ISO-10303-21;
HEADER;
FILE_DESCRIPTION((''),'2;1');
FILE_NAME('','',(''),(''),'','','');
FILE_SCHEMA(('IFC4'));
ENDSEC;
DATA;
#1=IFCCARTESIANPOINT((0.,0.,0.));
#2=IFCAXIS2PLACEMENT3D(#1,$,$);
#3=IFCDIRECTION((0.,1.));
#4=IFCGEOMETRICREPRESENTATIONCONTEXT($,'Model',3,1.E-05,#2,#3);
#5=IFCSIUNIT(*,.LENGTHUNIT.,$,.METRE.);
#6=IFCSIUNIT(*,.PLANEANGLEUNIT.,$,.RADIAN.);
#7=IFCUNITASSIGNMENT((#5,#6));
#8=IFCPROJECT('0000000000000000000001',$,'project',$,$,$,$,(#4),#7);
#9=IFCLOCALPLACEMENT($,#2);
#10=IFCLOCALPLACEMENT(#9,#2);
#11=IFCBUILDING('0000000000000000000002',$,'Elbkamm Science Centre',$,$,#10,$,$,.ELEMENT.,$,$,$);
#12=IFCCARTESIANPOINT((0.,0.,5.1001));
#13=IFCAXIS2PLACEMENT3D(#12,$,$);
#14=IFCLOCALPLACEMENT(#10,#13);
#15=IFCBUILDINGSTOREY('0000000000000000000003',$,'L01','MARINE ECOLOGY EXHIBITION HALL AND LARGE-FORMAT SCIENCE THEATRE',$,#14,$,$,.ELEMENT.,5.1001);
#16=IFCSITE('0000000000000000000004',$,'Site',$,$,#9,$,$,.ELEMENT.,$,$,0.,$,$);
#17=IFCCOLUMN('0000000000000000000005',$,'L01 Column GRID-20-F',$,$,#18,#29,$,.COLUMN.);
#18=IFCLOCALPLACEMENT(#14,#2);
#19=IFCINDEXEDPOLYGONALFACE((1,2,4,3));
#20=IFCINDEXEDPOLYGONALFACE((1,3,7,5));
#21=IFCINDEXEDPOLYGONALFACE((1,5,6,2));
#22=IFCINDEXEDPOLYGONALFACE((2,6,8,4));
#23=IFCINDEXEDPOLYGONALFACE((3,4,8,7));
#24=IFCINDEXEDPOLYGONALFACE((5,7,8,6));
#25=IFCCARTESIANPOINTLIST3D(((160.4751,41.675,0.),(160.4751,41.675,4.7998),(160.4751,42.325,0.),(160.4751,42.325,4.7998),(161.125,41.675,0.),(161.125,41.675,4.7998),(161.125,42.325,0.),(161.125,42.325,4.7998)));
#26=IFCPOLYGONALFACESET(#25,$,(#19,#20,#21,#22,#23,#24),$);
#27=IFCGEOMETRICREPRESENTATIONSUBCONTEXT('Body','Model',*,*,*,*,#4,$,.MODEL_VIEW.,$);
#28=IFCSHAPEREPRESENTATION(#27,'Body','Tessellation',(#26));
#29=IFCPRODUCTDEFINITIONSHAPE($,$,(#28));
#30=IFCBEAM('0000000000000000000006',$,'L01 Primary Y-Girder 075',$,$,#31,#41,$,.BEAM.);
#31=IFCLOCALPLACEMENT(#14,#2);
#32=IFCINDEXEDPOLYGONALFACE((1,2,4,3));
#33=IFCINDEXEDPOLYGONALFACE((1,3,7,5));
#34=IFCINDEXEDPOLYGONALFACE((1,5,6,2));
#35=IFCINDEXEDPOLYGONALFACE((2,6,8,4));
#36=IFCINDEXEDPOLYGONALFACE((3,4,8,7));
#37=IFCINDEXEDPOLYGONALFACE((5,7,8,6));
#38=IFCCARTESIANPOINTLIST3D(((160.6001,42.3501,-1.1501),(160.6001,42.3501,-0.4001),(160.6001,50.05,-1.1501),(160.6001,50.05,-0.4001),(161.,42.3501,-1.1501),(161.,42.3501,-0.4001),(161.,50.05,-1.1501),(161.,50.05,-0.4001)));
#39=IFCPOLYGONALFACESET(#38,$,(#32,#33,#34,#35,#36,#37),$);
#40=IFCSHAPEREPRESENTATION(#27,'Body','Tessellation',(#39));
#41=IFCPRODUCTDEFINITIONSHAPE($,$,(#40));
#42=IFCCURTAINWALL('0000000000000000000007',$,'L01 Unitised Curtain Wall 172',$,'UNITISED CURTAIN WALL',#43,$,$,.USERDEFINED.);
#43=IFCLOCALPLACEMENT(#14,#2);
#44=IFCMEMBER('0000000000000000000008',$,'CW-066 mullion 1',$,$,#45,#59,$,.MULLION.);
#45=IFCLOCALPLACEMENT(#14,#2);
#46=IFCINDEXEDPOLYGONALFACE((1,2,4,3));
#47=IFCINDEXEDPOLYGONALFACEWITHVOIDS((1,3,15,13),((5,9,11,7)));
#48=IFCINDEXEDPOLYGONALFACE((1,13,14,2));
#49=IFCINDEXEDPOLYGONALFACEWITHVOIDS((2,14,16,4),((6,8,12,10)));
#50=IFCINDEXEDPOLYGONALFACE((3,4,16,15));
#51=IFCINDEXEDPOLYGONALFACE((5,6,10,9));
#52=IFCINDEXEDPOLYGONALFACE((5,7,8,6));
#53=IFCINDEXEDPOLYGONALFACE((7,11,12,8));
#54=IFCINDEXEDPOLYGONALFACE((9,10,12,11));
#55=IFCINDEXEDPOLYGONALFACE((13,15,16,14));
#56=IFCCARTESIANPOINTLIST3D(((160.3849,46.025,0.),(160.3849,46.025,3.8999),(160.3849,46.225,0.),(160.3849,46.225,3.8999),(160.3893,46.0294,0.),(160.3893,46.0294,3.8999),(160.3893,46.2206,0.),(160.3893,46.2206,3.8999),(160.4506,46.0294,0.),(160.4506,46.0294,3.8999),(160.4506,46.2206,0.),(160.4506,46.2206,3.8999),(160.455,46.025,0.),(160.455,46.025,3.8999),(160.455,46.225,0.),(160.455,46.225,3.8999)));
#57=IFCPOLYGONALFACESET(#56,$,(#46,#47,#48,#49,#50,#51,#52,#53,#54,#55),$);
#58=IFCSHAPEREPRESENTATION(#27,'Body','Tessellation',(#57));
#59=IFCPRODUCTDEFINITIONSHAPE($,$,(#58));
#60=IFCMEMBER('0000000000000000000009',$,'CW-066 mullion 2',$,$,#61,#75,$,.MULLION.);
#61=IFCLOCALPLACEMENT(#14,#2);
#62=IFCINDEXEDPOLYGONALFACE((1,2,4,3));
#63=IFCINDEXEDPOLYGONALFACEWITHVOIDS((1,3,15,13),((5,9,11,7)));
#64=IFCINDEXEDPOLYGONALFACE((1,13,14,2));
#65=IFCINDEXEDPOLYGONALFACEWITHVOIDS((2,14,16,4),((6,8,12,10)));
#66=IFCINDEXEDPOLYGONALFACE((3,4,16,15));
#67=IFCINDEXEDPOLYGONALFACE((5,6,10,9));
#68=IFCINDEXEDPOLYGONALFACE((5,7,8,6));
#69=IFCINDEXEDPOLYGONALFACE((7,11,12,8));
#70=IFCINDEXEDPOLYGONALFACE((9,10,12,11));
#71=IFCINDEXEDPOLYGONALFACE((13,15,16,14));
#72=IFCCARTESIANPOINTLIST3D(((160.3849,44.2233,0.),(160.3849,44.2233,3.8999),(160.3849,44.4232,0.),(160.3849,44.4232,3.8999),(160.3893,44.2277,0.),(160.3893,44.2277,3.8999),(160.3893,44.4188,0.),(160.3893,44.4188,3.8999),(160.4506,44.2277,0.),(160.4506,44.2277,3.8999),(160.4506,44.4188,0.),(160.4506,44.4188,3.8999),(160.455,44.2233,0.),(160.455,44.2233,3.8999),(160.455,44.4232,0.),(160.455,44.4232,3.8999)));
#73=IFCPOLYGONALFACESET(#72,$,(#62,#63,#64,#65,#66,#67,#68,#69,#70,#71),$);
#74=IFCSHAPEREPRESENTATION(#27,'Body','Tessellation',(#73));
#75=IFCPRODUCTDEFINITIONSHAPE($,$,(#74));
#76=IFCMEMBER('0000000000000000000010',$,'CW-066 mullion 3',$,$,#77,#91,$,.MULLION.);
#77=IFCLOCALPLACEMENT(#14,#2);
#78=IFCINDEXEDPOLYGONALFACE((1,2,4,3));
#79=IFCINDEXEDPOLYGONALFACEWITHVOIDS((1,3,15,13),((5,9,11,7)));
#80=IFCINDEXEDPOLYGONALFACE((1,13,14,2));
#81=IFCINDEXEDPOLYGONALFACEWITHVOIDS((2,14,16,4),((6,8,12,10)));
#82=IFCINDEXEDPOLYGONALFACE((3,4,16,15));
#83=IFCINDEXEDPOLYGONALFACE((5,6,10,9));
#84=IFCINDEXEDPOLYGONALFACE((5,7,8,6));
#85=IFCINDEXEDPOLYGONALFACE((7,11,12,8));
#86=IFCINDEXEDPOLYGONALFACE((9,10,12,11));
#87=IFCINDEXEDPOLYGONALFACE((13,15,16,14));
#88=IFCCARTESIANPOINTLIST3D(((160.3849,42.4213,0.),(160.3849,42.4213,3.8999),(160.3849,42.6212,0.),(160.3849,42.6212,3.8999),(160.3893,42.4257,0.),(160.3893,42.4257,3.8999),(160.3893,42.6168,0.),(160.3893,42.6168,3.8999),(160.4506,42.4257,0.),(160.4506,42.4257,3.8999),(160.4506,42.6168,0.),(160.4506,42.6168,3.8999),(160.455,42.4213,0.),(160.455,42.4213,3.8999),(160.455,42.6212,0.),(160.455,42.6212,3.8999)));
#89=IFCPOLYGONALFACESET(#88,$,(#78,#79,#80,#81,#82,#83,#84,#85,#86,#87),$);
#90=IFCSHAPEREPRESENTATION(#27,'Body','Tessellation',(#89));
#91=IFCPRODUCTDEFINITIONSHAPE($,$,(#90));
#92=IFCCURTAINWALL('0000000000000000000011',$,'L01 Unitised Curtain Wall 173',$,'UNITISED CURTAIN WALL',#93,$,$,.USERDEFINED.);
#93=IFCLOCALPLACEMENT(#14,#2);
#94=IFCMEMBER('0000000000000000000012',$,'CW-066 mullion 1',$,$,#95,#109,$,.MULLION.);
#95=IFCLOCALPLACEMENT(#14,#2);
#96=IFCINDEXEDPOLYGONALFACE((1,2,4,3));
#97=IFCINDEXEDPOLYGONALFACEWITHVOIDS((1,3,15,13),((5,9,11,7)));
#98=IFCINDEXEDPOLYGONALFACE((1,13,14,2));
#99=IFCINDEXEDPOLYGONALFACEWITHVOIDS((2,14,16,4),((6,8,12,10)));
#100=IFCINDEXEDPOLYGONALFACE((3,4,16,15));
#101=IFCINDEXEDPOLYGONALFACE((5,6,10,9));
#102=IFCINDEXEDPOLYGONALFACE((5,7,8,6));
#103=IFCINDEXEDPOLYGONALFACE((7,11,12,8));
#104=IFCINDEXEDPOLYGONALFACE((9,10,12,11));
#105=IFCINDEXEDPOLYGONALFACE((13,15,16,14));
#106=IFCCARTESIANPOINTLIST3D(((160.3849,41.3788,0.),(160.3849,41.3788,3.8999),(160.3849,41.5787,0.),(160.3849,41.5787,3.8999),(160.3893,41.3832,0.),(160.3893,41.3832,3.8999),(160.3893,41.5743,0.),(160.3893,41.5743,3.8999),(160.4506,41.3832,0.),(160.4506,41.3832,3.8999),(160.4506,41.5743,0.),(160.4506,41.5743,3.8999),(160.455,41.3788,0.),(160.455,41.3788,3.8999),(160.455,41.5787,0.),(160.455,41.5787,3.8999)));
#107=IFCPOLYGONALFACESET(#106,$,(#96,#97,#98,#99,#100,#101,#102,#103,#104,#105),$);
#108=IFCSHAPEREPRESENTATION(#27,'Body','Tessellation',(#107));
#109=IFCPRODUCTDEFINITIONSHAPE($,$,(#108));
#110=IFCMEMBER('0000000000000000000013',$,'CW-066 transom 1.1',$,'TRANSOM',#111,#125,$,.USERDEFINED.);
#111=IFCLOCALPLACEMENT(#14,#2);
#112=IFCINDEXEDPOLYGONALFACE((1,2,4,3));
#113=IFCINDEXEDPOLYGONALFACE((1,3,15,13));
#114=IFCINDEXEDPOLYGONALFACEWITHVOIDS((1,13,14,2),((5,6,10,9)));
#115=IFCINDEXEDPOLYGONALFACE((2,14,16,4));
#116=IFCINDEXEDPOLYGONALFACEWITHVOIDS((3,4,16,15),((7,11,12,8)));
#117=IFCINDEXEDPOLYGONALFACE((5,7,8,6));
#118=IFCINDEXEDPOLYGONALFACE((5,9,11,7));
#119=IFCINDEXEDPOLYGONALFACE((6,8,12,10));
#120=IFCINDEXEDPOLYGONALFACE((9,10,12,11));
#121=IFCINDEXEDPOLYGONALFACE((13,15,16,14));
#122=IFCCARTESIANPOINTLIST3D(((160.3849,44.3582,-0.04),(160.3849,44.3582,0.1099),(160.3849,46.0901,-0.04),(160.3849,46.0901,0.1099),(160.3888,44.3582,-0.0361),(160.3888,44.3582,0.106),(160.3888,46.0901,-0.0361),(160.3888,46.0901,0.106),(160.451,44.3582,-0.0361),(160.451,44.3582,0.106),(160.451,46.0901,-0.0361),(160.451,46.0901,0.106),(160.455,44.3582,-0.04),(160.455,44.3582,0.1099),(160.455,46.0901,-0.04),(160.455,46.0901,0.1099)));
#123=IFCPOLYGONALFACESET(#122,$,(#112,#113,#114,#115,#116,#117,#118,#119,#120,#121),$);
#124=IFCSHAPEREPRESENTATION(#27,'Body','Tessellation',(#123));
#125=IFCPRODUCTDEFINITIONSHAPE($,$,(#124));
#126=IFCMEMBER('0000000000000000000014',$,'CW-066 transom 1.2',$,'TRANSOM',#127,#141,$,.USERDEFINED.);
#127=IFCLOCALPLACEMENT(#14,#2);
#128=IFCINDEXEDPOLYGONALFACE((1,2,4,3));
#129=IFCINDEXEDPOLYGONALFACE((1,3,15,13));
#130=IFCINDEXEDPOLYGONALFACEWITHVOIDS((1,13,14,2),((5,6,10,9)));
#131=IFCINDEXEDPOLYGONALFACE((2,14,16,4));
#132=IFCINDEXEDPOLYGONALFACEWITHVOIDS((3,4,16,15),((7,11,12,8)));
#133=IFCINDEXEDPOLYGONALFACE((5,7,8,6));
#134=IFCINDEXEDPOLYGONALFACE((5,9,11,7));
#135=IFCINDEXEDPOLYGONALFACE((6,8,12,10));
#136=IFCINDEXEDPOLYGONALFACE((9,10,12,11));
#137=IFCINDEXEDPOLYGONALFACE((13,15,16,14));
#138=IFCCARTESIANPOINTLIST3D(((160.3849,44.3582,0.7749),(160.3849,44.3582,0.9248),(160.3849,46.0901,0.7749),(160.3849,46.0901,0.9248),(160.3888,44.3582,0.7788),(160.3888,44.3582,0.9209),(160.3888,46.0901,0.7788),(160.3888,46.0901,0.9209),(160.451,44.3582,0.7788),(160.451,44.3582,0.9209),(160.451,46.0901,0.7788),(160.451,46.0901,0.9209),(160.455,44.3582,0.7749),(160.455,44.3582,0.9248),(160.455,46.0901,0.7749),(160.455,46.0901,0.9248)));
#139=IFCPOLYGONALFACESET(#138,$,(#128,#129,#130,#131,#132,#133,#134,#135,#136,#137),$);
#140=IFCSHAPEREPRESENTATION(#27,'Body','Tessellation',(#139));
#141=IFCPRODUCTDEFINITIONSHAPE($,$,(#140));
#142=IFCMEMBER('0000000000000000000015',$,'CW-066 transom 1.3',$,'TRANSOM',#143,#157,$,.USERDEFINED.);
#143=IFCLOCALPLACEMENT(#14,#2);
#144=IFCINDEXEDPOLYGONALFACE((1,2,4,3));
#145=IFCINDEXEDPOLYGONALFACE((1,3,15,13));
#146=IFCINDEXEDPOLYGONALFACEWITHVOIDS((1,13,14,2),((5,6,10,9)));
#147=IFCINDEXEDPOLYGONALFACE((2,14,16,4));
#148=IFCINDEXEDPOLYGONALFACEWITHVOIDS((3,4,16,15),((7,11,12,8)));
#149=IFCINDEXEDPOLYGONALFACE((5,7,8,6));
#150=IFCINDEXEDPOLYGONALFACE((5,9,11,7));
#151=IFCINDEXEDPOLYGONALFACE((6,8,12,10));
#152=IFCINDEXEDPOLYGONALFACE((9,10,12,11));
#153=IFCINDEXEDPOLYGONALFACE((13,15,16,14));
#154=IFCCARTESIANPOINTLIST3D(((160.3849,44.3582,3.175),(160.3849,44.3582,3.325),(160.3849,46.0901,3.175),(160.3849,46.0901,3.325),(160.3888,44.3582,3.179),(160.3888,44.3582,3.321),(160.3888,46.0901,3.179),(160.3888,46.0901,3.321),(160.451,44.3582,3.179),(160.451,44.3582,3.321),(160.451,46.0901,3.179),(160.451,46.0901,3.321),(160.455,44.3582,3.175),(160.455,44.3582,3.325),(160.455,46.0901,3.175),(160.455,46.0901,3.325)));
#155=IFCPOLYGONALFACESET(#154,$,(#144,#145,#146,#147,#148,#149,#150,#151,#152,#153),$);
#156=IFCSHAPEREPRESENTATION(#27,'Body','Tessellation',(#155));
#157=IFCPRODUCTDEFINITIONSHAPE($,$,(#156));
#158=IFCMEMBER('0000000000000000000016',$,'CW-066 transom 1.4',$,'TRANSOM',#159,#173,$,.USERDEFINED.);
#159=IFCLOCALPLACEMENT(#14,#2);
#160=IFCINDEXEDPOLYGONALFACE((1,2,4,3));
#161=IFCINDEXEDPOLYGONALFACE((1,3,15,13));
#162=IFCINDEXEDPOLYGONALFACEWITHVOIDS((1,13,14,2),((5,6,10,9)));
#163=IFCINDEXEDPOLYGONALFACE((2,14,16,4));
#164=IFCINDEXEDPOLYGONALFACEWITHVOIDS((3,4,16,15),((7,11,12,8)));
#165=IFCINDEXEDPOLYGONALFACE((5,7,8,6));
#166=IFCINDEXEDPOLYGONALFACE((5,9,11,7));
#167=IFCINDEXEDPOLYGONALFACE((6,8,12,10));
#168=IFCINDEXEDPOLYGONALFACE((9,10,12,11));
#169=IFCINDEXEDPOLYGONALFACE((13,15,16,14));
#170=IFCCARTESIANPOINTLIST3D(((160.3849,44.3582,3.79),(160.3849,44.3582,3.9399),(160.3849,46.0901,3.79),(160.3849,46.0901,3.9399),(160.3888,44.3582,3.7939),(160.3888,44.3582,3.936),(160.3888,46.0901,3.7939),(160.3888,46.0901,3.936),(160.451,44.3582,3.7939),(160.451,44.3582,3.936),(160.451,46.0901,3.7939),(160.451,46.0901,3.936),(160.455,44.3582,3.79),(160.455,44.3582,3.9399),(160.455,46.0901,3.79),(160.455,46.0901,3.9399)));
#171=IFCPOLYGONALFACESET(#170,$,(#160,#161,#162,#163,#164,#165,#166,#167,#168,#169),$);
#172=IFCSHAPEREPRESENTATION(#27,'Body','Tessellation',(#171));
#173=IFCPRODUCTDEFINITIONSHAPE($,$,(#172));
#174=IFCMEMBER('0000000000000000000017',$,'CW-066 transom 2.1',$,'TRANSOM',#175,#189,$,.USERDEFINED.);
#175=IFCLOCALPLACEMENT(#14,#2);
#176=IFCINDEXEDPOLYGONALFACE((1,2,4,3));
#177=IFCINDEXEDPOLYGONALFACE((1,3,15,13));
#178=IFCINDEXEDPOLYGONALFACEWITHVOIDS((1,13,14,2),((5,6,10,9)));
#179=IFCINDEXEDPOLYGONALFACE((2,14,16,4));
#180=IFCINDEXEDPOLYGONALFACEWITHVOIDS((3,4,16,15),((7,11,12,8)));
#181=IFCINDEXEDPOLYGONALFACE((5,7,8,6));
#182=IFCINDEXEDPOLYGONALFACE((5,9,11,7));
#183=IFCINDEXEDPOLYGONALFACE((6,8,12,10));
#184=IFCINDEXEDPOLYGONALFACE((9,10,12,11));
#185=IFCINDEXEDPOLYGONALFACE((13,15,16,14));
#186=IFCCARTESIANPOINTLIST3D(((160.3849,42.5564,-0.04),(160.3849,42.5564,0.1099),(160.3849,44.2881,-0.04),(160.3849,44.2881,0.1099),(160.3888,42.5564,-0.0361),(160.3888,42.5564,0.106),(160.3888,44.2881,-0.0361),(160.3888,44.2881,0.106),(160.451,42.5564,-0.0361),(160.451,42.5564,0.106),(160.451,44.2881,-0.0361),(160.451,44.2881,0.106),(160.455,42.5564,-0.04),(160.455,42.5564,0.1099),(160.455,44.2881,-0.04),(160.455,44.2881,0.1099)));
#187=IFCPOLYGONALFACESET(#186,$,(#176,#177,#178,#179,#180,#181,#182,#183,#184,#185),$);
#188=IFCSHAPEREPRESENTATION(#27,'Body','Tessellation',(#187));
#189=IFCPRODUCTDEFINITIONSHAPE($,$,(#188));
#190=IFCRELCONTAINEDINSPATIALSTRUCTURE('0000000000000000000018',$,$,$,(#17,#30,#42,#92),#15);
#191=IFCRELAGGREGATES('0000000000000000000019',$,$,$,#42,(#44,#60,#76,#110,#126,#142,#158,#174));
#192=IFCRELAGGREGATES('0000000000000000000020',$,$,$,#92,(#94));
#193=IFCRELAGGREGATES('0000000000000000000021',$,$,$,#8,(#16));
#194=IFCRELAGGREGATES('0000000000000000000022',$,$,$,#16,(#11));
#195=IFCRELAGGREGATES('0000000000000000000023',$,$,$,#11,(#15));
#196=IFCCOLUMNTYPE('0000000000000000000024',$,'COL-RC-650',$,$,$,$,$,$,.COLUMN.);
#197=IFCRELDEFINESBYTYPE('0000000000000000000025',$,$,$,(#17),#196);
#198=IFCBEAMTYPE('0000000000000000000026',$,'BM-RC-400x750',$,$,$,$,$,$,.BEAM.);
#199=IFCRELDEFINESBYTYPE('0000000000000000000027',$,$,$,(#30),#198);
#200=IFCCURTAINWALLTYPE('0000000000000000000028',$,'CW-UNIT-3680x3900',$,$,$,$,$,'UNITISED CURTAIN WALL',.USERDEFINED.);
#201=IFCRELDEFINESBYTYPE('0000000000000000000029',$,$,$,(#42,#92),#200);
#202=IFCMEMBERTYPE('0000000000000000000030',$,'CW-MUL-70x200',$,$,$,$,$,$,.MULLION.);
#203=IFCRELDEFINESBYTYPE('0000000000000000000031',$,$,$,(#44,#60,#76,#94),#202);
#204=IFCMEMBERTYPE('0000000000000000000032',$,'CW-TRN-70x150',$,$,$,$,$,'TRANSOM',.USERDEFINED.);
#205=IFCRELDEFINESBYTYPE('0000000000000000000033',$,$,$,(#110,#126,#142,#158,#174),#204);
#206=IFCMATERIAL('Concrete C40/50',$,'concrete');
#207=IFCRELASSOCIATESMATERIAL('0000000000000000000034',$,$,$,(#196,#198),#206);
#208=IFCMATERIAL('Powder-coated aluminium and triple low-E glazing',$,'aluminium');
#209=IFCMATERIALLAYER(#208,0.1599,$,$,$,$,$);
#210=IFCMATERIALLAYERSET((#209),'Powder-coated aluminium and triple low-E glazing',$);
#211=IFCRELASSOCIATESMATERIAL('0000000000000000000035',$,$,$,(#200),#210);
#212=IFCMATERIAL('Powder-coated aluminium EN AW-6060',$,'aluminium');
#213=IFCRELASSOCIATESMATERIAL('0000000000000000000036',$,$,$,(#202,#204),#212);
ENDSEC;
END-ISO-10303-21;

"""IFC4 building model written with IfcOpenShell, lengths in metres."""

from ifc_helpers import new_model, si_unit, direction, frame, origin, origin_2d, place, context, subcontext, project, spatial, rectangle, hollow_rectangle, extrude, material, layer, layer_set, material_profile, profile_set, type_object, element, aggregate, save


model = new_model("IFC4")

# Units and contexts
model_context = context("Model", 3, precision=1e-05, world=origin(), true_north=direction((0.0, 1.0)))
body_context = subcontext(model_context, "Body", "Model", "MODEL_VIEW")
ifc_project = project(units=[si_unit("LENGTHUNIT", "METRE"), si_unit("PLANEANGLEUNIT", "RADIAN")], contexts=[model_context])

# Site, building, storey
site_placement = place(None, origin())
site = spatial("IfcSite", under=ifc_project, at=site_placement, Name="Site", CompositionType="ELEMENT", RefElevation=0.0)
building_placement = place(site_placement, origin())
building = spatial("IfcBuilding", under=site, at=building_placement, Name="Elbkamm Science Centre", CompositionType="ELEMENT")
storey_placement = place(building_placement, frame((0.0, 0.0, 5.1001)))
storey = spatial("IfcBuildingStorey", under=building, at=storey_placement, Name="L01", Description="MARINE ECOLOGY EXHIBITION HALL AND LARGE-FORMAT SCIENCE THEATRE", CompositionType="ELEMENT", Elevation=5.1001)

# Column
ifc_material_1 = material(Name="Concrete C40/50", Category="concrete")
ifc_material_profile_1 = material_profile(ifc_material_1, rectangle(XDim=0.6499, YDim=0.6499, at=origin_2d()), Name="RC 650x650")
ifc_profile_set_1 = profile_set([ifc_material_profile_1], Name="Concrete C40/50")
column_type = type_object("IfcColumnType", Name="COL-RC-650", PredefinedType="COLUMN", material=ifc_profile_set_1)
column_placement = place(storey_placement, frame((160.8, 42.0, 0.0), z_axis=(0.0, 0.0, 1.0), x_axis=(1.0, 0.0, 0.0)))
element("IfcColumn", 1, at=column_placement, inside=storey, type_object=column_type, Name="L01 Column GRID-20-F", PredefinedType="COLUMN", context=body_context, shape_type="SweptSolid", body=[
    extrude(rectangle(XDim=0.6499, YDim=0.6499, at=origin_2d()), origin(), (0.0, 0.0, 1.0), 4.7998),
])

# Beam
ifc_material_profile_2 = material_profile(ifc_material_1, rectangle(XDim=0.3999, YDim=0.75, at=origin_2d()), Name="RC 400x750")
ifc_profile_set_2 = profile_set([ifc_material_profile_2], Name="Concrete C40/50")
beam_type = type_object("IfcBeamType", Name="BM-RC-400x750", PredefinedType="BEAM", material=ifc_profile_set_2)
beam_placement = place(storey_placement, frame((160.8, 42.3501, -0.7751), z_axis=(0.0, 1.0, 0.0), x_axis=(-1.0, 0.0, 0.0)))
element("IfcBeam", 2, at=beam_placement, inside=storey, type_object=beam_type, Name="L01 Primary Y-Girder 075", PredefinedType="BEAM", context=body_context, shape_type="SweptSolid", body=[
    extrude(rectangle(XDim=0.3999, YDim=0.75, at=origin_2d()), origin(), (0.0, 0.0, 1.0), 7.7),
])

# Curtain wall, members
ifc_material_2 = material(Name="Powder-coated aluminium and triple low-E glazing", Category="aluminium")
ifc_layer_1 = layer(ifc_material_2, 0.1599)
ifc_layer_set_1 = layer_set([ifc_layer_1], Name="Powder-coated aluminium and triple low-E glazing")
curtain_wall_type = type_object("IfcCurtainWallType", Name="CW-UNIT-3680x3900", ElementType="UNITISED CURTAIN WALL", PredefinedType="USERDEFINED", material=ifc_layer_set_1)
curtain_wall_1_placement = place(storey_placement, origin())
curtain_wall_1 = element("IfcCurtainWall", 3, at=curtain_wall_1_placement, inside=storey, type_object=curtain_wall_type, Name="L01 Unitised Curtain Wall 172", ObjectType="UNITISED CURTAIN WALL", PredefinedType="USERDEFINED")
ifc_material_3 = material(Name="Powder-coated aluminium EN AW-6060", Category="aluminium")
ifc_material_profile_3 = material_profile(ifc_material_3, hollow_rectangle(XDim=0.0701, YDim=0.2, WallThickness=0.0044, at=origin_2d()), Name="ALU M70x200")
ifc_profile_set_3 = profile_set([ifc_material_profile_3], Name="Powder-coated aluminium EN AW-6060")
member_type_1 = type_object("IfcMemberType", Name="CW-MUL-70x200", PredefinedType="MULLION", material=ifc_profile_set_3)
member_1_placement = place(storey_placement, frame((160.4199, 46.125, 0.0), z_axis=(0.0, 0.0, 1.0), x_axis=(1.0, 0.0, 0.0)))
member_1 = element("IfcMember", 4, at=member_1_placement, type_object=member_type_1, Name="CW-066 mullion 1", PredefinedType="MULLION", context=body_context, shape_type="SweptSolid", body=[
    extrude(hollow_rectangle(XDim=0.0701, YDim=0.2, WallThickness=0.0044, at=origin_2d()), origin(), (0.0, 0.0, 1.0), 3.8999),
])
member_2_placement = place(storey_placement, frame((160.4199, 44.3232, 0.0), z_axis=(0.0, 0.0, 1.0), x_axis=(1.0, 0.0, 0.0)))
member_2 = element("IfcMember", 5, at=member_2_placement, type_object=member_type_1, Name="CW-066 mullion 2", PredefinedType="MULLION", context=body_context, shape_type="SweptSolid", body=[
    extrude(hollow_rectangle(XDim=0.0701, YDim=0.2, WallThickness=0.0044, at=origin_2d()), origin(), (0.0, 0.0, 1.0), 3.8999),
])
member_3_placement = place(storey_placement, frame((160.4199, 42.5212, 0.0), z_axis=(0.0, 0.0, 1.0), x_axis=(1.0, 0.0, 0.0)))
member_3 = element("IfcMember", 6, at=member_3_placement, type_object=member_type_1, Name="CW-066 mullion 3", PredefinedType="MULLION", context=body_context, shape_type="SweptSolid", body=[
    extrude(hollow_rectangle(XDim=0.0701, YDim=0.2, WallThickness=0.0044, at=origin_2d()), origin(), (0.0, 0.0, 1.0), 3.8999),
])

# Curtain wall, member
curtain_wall_2_placement = place(storey_placement, origin())
curtain_wall_2 = element("IfcCurtainWall", 7, at=curtain_wall_2_placement, inside=storey, type_object=curtain_wall_type, Name="L01 Unitised Curtain Wall 173", ObjectType="UNITISED CURTAIN WALL", PredefinedType="USERDEFINED")
member_4_placement = place(storey_placement, frame((160.4199, 41.4788, 0.0), z_axis=(0.0, 0.0, 1.0), x_axis=(1.0, 0.0, 0.0)))
member_4 = element("IfcMember", 8, at=member_4_placement, type_object=member_type_1, Name="CW-066 mullion 1", PredefinedType="MULLION", context=body_context, shape_type="SweptSolid", body=[
    extrude(hollow_rectangle(XDim=0.0701, YDim=0.2, WallThickness=0.0044, at=origin_2d()), origin(), (0.0, 0.0, 1.0), 3.8999),
])

# Members
ifc_material_profile_4 = material_profile(ifc_material_3, hollow_rectangle(XDim=0.0701, YDim=0.1499, WallThickness=0.0039, at=origin_2d()), Name="ALU T70x150")
ifc_profile_set_4 = profile_set([ifc_material_profile_4], Name="Powder-coated aluminium EN AW-6060")
member_type_2 = type_object("IfcMemberType", Name="CW-TRN-70x150", ElementType="TRANSOM", PredefinedType="USERDEFINED", material=ifc_profile_set_4)
member_5_placement = place(storey_placement, frame((160.4199, 46.0901, 0.0349), z_axis=(0.0, -1.0, 0.0), x_axis=(1.0, 0.0, 0.0)))
member_5 = element("IfcMember", 9, at=member_5_placement, type_object=member_type_2, Name="CW-066 transom 1.1", ObjectType="TRANSOM", PredefinedType="USERDEFINED", context=body_context, shape_type="SweptSolid", body=[
    extrude(hollow_rectangle(XDim=0.0701, YDim=0.1499, WallThickness=0.0039, at=origin_2d()), origin(), (0.0, 0.0, 1.0), 1.7319),
])
member_6_placement = place(storey_placement, frame((160.4199, 46.0901, 0.8499), z_axis=(0.0, -1.0, 0.0), x_axis=(1.0, 0.0, 0.0)))
member_6 = element("IfcMember", 10, at=member_6_placement, type_object=member_type_2, Name="CW-066 transom 1.2", ObjectType="TRANSOM", PredefinedType="USERDEFINED", context=body_context, shape_type="SweptSolid", body=[
    extrude(hollow_rectangle(XDim=0.0701, YDim=0.1499, WallThickness=0.0039, at=origin_2d()), origin(), (0.0, 0.0, 1.0), 1.7319),
])
member_7_placement = place(storey_placement, frame((160.4199, 46.0901, 3.25), z_axis=(0.0, -1.0, 0.0), x_axis=(1.0, 0.0, 0.0)))
member_7 = element("IfcMember", 11, at=member_7_placement, type_object=member_type_2, Name="CW-066 transom 1.3", ObjectType="TRANSOM", PredefinedType="USERDEFINED", context=body_context, shape_type="SweptSolid", body=[
    extrude(hollow_rectangle(XDim=0.0701, YDim=0.1499, WallThickness=0.0039, at=origin_2d()), origin(), (0.0, 0.0, 1.0), 1.7319),
])
member_8_placement = place(storey_placement, frame((160.4199, 46.0901, 3.865), z_axis=(0.0, -1.0, 0.0), x_axis=(1.0, 0.0, 0.0)))
member_8 = element("IfcMember", 12, at=member_8_placement, type_object=member_type_2, Name="CW-066 transom 1.4", ObjectType="TRANSOM", PredefinedType="USERDEFINED", context=body_context, shape_type="SweptSolid", body=[
    extrude(hollow_rectangle(XDim=0.0701, YDim=0.1499, WallThickness=0.0039, at=origin_2d()), origin(), (0.0, 0.0, 1.0), 1.7319),
])
member_9_placement = place(storey_placement, frame((160.4199, 44.2881, 0.0349), z_axis=(0.0, -1.0, 0.0), x_axis=(1.0, 0.0, 0.0)))
member_9 = element("IfcMember", 13, at=member_9_placement, type_object=member_type_2, Name="CW-066 transom 2.1", ObjectType="TRANSOM", PredefinedType="USERDEFINED", context=body_context, shape_type="SweptSolid", body=[
    extrude(hollow_rectangle(XDim=0.0701, YDim=0.1499, WallThickness=0.0039, at=origin_2d()), origin(), (0.0, 0.0, 1.0), 1.7317),
])

aggregate(curtain_wall_1, [member_1, member_2, member_3, member_5, member_6, member_7, member_8, member_9])
aggregate(curtain_wall_2, [member_4])

save(model, "model.ifc")
